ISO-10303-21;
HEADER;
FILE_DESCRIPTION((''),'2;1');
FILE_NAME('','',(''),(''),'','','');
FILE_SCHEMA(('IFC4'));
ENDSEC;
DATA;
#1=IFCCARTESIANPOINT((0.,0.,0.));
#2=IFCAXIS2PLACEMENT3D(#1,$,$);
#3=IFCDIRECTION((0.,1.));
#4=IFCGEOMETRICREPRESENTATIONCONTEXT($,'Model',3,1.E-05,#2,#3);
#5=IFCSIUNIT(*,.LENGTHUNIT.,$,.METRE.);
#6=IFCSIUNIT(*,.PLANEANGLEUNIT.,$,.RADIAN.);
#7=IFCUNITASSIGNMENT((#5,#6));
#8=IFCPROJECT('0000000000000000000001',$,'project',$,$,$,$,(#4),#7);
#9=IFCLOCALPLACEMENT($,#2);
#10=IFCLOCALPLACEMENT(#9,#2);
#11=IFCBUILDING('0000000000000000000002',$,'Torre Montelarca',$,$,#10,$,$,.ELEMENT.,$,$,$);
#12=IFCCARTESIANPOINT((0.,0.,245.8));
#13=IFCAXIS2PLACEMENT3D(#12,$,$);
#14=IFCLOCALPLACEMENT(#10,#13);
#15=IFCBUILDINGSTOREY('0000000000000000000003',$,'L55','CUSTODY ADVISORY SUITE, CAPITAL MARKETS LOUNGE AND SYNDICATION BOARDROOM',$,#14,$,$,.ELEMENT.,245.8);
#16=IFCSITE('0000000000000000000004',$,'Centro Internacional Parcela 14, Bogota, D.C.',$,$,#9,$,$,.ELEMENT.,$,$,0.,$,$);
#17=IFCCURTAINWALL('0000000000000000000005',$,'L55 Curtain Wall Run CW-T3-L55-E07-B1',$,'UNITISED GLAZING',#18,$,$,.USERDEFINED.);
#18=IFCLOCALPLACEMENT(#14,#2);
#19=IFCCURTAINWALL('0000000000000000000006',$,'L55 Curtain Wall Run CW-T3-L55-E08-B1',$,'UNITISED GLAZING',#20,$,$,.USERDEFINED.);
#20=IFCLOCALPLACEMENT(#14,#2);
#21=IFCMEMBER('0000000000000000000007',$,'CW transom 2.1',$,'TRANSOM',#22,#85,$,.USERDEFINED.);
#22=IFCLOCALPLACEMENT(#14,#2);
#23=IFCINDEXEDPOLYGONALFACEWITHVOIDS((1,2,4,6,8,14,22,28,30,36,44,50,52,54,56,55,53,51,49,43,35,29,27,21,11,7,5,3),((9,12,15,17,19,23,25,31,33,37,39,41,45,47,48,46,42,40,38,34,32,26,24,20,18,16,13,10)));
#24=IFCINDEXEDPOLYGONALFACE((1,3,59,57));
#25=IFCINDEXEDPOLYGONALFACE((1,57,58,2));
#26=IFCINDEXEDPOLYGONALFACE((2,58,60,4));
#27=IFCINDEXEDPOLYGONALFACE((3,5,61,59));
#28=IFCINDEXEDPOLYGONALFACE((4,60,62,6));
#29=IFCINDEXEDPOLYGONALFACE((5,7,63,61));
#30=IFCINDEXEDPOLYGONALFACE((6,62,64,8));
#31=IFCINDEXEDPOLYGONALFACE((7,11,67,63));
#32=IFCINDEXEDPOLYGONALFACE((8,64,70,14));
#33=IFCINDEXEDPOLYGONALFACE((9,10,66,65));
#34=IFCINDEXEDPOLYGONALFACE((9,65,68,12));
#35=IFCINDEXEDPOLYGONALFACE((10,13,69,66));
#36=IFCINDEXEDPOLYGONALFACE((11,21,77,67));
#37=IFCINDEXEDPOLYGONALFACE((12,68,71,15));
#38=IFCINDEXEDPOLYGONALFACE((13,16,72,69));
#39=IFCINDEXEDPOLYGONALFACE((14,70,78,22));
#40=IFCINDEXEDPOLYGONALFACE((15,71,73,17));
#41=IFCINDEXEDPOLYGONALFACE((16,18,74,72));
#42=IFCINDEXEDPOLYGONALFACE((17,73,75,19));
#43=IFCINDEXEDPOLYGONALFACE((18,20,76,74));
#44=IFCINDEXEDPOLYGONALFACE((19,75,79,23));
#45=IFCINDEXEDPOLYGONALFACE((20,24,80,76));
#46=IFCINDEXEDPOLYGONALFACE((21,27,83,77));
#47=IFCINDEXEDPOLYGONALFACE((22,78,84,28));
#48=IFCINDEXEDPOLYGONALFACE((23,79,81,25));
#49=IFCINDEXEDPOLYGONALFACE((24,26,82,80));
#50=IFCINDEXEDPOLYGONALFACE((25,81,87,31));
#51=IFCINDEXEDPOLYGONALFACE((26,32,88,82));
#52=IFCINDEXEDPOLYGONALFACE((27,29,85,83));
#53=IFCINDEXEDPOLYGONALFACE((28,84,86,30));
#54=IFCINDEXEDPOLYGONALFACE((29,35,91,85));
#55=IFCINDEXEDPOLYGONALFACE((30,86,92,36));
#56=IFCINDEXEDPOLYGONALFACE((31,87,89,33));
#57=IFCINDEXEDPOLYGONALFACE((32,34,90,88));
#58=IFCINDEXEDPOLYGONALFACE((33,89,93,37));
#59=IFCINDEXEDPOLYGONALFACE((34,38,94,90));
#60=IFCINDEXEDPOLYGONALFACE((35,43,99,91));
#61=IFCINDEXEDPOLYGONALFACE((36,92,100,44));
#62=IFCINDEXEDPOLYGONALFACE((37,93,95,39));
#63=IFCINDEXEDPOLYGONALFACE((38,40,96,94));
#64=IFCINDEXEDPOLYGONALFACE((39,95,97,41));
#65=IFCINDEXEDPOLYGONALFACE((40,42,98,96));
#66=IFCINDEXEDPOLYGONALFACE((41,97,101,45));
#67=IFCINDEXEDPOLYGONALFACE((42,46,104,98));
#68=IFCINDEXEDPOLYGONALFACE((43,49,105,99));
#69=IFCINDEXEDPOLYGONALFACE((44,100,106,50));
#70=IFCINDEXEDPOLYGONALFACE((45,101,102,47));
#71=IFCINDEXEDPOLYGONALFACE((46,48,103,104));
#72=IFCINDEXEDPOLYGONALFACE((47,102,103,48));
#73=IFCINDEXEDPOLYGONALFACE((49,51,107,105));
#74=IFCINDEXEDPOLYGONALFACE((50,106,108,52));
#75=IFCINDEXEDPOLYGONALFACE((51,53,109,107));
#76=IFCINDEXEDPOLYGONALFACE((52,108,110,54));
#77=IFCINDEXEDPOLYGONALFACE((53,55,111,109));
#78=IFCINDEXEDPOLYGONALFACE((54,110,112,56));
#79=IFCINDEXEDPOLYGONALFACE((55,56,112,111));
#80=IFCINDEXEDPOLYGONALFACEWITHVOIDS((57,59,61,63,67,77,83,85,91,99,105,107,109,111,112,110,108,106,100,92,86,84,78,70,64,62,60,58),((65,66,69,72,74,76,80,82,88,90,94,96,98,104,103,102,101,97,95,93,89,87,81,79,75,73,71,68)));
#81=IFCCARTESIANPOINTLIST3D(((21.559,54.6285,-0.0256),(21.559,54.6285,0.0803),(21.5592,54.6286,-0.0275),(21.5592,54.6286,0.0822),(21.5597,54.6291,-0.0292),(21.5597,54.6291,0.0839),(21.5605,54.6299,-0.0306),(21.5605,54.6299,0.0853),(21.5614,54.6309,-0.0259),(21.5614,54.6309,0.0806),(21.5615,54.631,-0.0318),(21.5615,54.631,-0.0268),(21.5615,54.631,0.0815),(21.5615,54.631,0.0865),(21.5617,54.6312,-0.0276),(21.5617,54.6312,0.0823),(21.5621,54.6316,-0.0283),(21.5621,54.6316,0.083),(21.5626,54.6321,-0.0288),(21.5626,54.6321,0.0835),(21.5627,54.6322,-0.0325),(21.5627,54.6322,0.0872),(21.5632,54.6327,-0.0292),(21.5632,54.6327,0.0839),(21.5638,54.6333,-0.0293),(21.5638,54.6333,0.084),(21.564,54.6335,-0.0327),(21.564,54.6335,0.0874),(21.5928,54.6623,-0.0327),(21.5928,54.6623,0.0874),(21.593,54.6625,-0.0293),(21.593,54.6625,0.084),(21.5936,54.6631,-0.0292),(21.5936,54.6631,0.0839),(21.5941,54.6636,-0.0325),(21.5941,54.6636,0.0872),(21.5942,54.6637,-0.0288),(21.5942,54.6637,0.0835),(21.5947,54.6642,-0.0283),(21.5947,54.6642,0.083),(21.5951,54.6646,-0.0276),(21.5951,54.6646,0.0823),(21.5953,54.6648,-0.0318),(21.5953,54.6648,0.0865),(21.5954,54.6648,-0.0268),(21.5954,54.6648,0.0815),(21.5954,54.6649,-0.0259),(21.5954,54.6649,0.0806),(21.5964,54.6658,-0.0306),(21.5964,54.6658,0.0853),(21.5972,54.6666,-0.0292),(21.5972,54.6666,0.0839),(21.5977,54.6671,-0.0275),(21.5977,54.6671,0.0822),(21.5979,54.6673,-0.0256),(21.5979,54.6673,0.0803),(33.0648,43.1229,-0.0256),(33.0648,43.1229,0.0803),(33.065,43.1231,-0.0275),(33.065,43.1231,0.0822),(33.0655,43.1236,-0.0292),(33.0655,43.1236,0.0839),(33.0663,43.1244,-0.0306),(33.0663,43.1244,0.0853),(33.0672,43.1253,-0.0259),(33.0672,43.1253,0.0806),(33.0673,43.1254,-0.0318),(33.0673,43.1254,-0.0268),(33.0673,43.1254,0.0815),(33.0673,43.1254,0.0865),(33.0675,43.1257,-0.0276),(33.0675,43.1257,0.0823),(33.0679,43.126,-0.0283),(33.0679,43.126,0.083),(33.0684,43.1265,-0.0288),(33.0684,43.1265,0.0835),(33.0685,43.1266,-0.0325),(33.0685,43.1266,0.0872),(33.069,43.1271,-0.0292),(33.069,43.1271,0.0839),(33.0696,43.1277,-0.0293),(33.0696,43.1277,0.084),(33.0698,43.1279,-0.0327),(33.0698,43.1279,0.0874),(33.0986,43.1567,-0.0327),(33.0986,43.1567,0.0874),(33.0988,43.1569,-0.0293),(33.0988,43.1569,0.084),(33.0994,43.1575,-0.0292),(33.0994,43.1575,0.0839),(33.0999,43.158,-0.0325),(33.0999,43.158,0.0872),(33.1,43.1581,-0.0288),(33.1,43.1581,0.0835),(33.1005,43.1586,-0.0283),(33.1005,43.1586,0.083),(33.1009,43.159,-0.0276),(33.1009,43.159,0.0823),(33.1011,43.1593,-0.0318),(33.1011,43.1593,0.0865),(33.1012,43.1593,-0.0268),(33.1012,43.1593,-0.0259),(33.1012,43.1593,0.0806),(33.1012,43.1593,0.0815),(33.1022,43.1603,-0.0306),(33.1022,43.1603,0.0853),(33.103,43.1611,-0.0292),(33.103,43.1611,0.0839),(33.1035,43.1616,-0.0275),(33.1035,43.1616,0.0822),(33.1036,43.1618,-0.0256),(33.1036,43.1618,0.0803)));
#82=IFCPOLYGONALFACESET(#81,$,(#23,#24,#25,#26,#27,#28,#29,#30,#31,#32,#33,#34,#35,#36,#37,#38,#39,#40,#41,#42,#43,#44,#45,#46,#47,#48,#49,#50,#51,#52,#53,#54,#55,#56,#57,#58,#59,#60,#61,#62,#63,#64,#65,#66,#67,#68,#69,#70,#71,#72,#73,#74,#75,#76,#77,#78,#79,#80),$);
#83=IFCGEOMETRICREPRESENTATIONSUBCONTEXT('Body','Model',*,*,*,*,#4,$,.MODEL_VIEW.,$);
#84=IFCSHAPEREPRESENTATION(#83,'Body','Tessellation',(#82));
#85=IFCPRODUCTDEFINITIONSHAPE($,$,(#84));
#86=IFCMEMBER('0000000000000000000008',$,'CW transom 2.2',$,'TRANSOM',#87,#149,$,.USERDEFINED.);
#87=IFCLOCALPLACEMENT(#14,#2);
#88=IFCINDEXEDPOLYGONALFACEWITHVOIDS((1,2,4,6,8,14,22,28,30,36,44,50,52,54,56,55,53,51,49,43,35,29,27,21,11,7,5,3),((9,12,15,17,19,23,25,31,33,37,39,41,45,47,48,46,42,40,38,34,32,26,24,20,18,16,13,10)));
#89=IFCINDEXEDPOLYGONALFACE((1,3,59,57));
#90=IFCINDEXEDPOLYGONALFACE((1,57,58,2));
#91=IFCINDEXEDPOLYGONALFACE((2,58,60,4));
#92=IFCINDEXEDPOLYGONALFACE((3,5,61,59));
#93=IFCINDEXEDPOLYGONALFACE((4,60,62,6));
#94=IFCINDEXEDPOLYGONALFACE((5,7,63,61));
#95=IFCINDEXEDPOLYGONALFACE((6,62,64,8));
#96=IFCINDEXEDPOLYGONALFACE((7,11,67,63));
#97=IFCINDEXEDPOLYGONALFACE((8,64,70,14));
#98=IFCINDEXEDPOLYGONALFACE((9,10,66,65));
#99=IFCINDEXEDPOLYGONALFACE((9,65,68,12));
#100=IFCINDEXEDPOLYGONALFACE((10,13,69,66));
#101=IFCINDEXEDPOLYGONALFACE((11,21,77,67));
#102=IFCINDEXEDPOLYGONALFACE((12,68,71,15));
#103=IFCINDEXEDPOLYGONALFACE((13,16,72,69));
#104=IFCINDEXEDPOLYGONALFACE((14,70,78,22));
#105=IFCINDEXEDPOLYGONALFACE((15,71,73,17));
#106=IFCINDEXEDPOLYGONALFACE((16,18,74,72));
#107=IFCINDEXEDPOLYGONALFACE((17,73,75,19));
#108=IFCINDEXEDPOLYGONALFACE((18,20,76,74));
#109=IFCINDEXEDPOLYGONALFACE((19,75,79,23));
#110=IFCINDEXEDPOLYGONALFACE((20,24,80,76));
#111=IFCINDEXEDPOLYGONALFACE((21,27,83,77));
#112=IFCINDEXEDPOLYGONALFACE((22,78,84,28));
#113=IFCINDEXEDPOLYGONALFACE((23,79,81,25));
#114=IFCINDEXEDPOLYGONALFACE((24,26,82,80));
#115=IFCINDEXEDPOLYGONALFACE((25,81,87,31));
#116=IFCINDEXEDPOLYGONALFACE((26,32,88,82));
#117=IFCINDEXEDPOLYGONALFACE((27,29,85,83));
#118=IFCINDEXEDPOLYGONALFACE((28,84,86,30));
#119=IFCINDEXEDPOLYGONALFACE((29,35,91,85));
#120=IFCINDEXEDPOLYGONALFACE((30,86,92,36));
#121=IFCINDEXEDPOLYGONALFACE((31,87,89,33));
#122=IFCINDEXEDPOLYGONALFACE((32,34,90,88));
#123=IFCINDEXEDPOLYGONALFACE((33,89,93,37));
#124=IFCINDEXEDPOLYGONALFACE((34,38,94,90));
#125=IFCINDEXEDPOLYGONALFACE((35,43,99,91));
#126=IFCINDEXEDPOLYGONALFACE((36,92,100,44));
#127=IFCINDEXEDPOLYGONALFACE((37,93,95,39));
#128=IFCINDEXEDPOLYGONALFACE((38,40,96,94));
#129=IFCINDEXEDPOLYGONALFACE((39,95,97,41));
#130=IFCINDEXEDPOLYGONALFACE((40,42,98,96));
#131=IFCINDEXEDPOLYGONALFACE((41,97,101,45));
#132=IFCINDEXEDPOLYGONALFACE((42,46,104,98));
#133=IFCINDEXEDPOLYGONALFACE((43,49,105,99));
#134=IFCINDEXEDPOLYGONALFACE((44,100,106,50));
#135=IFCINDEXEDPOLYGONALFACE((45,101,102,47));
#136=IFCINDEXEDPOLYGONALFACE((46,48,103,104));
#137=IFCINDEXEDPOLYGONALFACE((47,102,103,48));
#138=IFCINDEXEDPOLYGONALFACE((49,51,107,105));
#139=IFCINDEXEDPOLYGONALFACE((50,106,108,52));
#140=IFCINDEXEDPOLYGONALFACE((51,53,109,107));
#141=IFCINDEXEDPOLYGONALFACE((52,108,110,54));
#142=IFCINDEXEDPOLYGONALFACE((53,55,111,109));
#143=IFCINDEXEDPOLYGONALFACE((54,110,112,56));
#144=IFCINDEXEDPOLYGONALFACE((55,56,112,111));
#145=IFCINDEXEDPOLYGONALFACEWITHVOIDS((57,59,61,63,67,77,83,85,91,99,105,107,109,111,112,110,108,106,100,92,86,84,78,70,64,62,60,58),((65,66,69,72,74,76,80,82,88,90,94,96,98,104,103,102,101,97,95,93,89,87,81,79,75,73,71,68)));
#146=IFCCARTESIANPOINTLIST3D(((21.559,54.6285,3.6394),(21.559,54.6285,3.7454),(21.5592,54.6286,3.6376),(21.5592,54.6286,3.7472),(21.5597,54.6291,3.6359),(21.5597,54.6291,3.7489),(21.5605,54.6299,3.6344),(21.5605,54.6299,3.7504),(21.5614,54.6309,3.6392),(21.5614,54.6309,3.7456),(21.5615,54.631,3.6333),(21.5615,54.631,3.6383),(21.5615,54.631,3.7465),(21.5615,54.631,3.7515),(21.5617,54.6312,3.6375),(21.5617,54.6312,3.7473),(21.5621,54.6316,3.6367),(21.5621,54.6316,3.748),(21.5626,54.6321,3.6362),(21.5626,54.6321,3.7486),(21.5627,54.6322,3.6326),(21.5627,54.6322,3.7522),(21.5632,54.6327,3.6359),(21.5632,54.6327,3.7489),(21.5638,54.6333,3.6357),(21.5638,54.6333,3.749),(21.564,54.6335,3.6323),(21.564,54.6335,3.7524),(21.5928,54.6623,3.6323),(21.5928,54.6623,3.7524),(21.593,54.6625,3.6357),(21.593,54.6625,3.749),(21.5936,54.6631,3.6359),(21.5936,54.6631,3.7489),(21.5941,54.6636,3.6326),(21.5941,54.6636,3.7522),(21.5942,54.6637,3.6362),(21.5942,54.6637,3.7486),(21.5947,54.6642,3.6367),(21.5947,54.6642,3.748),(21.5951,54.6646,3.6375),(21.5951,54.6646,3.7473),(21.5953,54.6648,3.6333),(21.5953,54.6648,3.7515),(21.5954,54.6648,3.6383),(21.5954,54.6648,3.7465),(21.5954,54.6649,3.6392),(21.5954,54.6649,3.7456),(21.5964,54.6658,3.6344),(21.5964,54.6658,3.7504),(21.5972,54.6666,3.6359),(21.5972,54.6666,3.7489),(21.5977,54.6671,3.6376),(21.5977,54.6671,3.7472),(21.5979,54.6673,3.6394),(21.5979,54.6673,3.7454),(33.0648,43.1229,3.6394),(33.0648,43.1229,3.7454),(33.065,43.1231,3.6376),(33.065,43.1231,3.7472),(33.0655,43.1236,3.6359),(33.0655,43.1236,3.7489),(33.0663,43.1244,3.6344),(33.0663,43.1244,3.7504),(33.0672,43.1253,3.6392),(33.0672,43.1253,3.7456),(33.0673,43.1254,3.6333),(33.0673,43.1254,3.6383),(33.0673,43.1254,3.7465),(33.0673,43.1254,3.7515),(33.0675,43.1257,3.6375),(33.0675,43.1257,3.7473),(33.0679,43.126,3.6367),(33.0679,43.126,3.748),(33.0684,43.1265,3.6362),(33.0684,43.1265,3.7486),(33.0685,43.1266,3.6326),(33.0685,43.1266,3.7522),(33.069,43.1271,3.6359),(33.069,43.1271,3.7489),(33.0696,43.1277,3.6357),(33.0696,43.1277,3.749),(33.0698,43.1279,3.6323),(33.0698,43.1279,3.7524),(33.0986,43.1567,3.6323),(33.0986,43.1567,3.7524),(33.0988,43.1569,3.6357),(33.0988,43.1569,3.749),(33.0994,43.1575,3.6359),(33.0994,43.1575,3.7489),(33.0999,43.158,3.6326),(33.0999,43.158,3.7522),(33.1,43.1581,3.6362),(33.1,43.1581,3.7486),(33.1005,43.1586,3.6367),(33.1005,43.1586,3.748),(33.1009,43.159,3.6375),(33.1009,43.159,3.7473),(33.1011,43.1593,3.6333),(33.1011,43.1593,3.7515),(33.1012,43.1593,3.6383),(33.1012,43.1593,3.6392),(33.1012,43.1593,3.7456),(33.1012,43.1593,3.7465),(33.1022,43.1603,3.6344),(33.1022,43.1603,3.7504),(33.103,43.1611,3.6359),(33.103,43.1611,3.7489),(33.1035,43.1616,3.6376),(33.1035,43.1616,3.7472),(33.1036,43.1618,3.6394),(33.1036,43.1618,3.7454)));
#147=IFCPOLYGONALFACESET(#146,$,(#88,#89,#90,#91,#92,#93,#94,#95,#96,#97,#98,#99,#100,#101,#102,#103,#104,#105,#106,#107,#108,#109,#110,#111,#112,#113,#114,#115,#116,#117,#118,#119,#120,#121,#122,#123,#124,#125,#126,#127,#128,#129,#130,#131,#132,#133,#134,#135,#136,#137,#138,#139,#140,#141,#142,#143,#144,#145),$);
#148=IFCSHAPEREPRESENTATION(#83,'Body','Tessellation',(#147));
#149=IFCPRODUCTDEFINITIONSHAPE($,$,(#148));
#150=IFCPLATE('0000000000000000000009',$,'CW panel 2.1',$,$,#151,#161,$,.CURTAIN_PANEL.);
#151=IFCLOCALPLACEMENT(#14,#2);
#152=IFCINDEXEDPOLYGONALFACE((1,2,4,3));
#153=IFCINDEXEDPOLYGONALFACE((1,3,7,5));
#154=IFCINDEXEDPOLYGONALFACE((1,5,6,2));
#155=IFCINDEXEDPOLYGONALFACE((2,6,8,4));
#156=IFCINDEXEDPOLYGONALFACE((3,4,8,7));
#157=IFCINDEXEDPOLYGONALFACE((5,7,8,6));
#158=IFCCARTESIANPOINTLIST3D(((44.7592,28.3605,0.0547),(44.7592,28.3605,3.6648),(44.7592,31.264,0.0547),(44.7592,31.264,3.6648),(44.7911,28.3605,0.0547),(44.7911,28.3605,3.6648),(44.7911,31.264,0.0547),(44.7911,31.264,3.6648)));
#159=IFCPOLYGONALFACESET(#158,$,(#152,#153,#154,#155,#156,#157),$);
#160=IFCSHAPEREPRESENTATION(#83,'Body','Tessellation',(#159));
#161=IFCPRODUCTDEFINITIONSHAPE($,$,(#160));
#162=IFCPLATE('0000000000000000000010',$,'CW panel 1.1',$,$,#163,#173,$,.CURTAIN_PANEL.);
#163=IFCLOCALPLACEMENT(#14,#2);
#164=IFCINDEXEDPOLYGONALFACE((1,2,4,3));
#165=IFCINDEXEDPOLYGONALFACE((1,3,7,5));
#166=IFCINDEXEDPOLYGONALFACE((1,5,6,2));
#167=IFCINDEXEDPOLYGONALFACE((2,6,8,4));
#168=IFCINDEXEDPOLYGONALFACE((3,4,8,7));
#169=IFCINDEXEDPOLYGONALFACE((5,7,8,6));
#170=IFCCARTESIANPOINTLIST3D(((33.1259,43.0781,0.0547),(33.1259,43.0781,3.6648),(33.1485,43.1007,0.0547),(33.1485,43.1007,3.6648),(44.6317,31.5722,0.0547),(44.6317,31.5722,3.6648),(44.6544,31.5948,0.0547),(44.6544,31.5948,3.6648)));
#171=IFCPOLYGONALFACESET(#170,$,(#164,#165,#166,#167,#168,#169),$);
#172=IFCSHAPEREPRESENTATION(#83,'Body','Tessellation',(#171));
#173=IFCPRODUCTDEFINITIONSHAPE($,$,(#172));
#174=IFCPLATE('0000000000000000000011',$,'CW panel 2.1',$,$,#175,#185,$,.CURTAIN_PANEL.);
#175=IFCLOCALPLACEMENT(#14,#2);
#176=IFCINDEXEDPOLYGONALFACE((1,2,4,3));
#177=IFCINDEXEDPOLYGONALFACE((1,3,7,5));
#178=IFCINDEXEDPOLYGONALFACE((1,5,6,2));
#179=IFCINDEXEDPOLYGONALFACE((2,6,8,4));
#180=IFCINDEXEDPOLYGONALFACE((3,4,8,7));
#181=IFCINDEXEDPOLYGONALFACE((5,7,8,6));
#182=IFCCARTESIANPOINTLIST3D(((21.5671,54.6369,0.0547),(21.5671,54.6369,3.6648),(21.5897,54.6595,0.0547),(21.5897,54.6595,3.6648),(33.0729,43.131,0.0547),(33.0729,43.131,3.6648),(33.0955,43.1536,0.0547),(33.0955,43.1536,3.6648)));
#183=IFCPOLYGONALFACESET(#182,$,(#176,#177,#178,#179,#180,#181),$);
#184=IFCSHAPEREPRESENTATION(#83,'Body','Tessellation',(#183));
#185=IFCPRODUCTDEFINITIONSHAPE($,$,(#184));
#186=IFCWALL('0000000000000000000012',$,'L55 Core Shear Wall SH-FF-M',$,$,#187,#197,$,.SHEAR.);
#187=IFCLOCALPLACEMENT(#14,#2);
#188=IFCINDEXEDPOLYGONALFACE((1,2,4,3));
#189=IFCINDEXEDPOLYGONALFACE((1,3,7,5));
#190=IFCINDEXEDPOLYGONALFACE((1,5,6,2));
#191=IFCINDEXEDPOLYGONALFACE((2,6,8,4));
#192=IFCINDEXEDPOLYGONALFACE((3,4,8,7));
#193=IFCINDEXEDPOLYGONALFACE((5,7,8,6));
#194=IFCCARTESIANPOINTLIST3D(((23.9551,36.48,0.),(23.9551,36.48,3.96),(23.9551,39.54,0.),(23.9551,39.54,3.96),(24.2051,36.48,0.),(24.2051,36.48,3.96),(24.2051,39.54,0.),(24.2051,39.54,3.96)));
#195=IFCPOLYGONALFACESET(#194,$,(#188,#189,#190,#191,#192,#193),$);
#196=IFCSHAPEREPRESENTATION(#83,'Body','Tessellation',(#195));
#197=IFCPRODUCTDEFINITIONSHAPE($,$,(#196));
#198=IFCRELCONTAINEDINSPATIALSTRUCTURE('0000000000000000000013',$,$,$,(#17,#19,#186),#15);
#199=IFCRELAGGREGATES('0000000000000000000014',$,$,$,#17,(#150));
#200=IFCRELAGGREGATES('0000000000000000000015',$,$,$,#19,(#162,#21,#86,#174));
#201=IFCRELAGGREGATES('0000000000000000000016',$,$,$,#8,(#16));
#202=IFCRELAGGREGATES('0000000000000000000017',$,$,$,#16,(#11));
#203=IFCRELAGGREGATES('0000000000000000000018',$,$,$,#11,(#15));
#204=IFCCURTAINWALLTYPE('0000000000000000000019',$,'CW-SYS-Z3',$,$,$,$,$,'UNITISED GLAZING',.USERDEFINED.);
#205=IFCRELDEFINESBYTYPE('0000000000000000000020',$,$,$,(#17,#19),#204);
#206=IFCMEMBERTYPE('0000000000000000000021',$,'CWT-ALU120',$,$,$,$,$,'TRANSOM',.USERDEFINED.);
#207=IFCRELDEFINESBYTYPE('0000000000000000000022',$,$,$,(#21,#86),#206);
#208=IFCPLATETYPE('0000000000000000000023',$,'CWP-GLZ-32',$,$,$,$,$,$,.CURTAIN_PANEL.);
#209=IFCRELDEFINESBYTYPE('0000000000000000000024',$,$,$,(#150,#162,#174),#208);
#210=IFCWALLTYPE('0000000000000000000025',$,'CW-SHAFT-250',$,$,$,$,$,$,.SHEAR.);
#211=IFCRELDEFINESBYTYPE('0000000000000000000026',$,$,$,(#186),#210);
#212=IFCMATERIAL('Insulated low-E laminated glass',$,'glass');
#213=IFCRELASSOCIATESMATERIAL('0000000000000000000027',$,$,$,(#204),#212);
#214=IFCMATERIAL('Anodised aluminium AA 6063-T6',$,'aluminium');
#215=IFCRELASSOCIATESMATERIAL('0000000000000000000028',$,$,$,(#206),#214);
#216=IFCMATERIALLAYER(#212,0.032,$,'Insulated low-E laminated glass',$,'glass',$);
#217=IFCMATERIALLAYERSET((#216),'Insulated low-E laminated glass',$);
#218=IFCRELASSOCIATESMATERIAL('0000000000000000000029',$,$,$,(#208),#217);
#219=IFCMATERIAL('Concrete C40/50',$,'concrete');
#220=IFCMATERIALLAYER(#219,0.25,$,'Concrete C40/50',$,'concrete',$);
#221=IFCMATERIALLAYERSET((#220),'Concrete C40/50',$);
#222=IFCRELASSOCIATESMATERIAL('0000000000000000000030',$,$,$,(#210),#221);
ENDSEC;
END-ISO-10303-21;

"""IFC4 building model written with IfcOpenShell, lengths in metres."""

from ifc_helpers import new_model, si_unit, direction, frame, frame_2d, origin, origin_2d, place, context, subcontext, project, spatial, rectangle, hollow_rectangle, extrude, source, transform, mapped, material, layer, layer_set, material_profile, profile_set, type_object, element, aggregate, save


model = new_model("IFC4")

# Units and contexts
model_context = context("Model", 3, precision=1e-05, world=origin(), true_north=direction((0.0, 1.0)))
body_context = subcontext(model_context, "Body", "Model", "MODEL_VIEW")
ifc_project = project(units=[si_unit("LENGTHUNIT", "METRE"), si_unit("PLANEANGLEUNIT", "RADIAN")], contexts=[model_context])

# Site, building, storey
site_placement = place(None, origin())
site = spatial("IfcSite", under=ifc_project, at=site_placement, Name="Centro Internacional Parcela 14, Bogota, D.C.", CompositionType="ELEMENT", RefElevation=0.0)
building_placement = place(site_placement, origin())
building = spatial("IfcBuilding", under=site, at=building_placement, Name="Torre Montelarca", CompositionType="ELEMENT")
storey_placement = place(building_placement, frame((0.0, 0.0, 245.8)))
storey = spatial("IfcBuildingStorey", under=building, at=storey_placement, Name="L55", Description="CUSTODY ADVISORY SUITE, CAPITAL MARKETS LOUNGE AND SYNDICATION BOARDROOM", CompositionType="ELEMENT", Elevation=245.8)

# Curtain wall
ifc_material_1 = material(Name="Insulated low-E laminated glass", Category="glass")
curtain_wall_type = type_object("IfcCurtainWallType", Name="CW-SYS-Z3", ElementType="UNITISED GLAZING", PredefinedType="USERDEFINED", material=ifc_material_1)
curtain_wall_1_placement = place(storey_placement, origin())
curtain_wall_1 = element("IfcCurtainWall", 1, at=curtain_wall_1_placement, inside=storey, type_object=curtain_wall_type, Name="L55 Curtain Wall Run CW-T3-L55-E07-B1", ObjectType="UNITISED GLAZING", PredefinedType="USERDEFINED")
ifc_material_2 = material(Name="Anodised aluminium AA 6063-T6", Category="aluminium")

# Curtain wall, members
curtain_wall_2_placement = place(storey_placement, origin())
curtain_wall_2 = element("IfcCurtainWall", 2, at=curtain_wall_2_placement, inside=storey, type_object=curtain_wall_type, Name="L55 Curtain Wall Run CW-T3-L55-E08-B1", ObjectType="UNITISED GLAZING", PredefinedType="USERDEFINED")
ifc_material_profile_1 = material_profile(ifc_material_2, hollow_rectangle(XDim=0.0549, YDim=0.1201, WallThickness=0.0034, InnerFilletRadius=0.0034, OuterFilletRadius=0.0071, at=origin_2d()), Name="ALU55X120X3.5", Category="aluminium")
ifc_profile_set_1 = profile_set([ifc_material_profile_1], Name="Anodised aluminium AA 6063-T6")
member_type_1 = type_object("IfcMemberType", Name="CWT-ALU120", ElementType="TRANSOM", PredefinedType="USERDEFINED", material=ifc_profile_set_1)
shared_shape_1 = source(origin(), body_context, "Body", "SweptSolid", [
    extrude(hollow_rectangle(XDim=0.0549, YDim=0.1201, WallThickness=0.0034, InnerFilletRadius=0.0034, OuterFilletRadius=0.0071, at=origin_2d()), origin(), (0.0, 0.0, 1.0), 16.2715),
])
member_1_placement = place(storey_placement, frame((33.0842, 43.1423, 0.0273), z_axis=(-0.707114, 0.707099, 0.0), x_axis=(-0.707099, -0.707114, 0.0)))
member_1 = element("IfcMember", 3, at=member_1_placement, type_object=member_type_1, Name="CW transom 2.1", ObjectType="TRANSOM", PredefinedType="USERDEFINED", context=body_context, shape_type="MappedRepresentation", body=[
    mapped(shared_shape_1, transform((0.0, 0.0, 0.0), scale=1.0)),
])
member_2_placement = place(storey_placement, frame((33.0842, 43.1423, 3.6924), z_axis=(-0.707114, 0.707099, 0.0), x_axis=(-0.707099, -0.707114, 0.0)))
member_2 = element("IfcMember", 4, at=member_2_placement, type_object=member_type_1, Name="CW transom 2.2", ObjectType="TRANSOM", PredefinedType="USERDEFINED", context=body_context, shape_type="MappedRepresentation", body=[
    mapped(shared_shape_1, transform((0.0, 0.0, 0.0), scale=1.0)),
])

# Plates
ifc_layer_1 = layer(ifc_material_1, 0.032, Name="Insulated low-E laminated glass", Category="glass")
ifc_layer_set_1 = layer_set([ifc_layer_1], Name="Insulated low-E laminated glass")
plate_type = type_object("IfcPlateType", Name="CWP-GLZ-32", PredefinedType="CURTAIN_PANEL", material=ifc_layer_set_1)
shared_shape_2 = source(origin(), body_context, "Body", "SweptSolid", [
    extrude(rectangle(XDim=2.9036, YDim=0.032, at=origin_2d()), origin(), (0.0, 0.0, 1.0), 3.6101),
])
plate_1_placement = place(storey_placement, frame((44.7751, 29.8123, 0.0547), z_axis=(0.0, 0.0, 1.0), x_axis=(0.0, 1.0, 0.0)))
plate_1 = element("IfcPlate", 5, at=plate_1_placement, type_object=plate_type, Name="CW panel 2.1", PredefinedType="CURTAIN_PANEL", context=body_context, shape_type="MappedRepresentation", body=[
    mapped(shared_shape_2, transform((0.0, 0.0, 0.0), scale=1.0)),
])
aggregate(curtain_wall_1, [plate_1])
shared_shape_3 = source(origin(), body_context, "Body", "SweptSolid", [
    extrude(rectangle(XDim=16.2717, YDim=0.032, at=origin_2d()), origin(), (0.0, 0.0, 1.0), 3.6101),
])
plate_2_placement = place(storey_placement, frame((38.8901, 37.3364, 0.0547), z_axis=(0.0, 0.0, 1.0), x_axis=(-0.707105, 0.707108, 0.0)))
plate_2 = element("IfcPlate", 6, at=plate_2_placement, type_object=plate_type, Name="CW panel 1.1", PredefinedType="CURTAIN_PANEL", context=body_context, shape_type="MappedRepresentation", body=[
    mapped(shared_shape_3, transform((0.0, 0.0, 0.0), scale=1.0)),
])
plate_3_placement = place(storey_placement, frame((27.3313, 48.8953, 0.0547), z_axis=(0.0, 0.0, 1.0), x_axis=(-0.707105, 0.707108, 0.0)))
plate_3 = element("IfcPlate", 7, at=plate_3_placement, type_object=plate_type, Name="CW panel 2.1", PredefinedType="CURTAIN_PANEL", context=body_context, shape_type="MappedRepresentation", body=[
    mapped(shared_shape_3, transform((0.0, 0.0, 0.0), scale=1.0)),
])
aggregate(curtain_wall_2, [plate_2, member_1, member_2, plate_3])

# Wall
ifc_material_3 = material(Name="Concrete C40/50", Category="concrete")
ifc_layer_2 = layer(ifc_material_3, 0.25, Name="Concrete C40/50", Category="concrete")
ifc_layer_set_2 = layer_set([ifc_layer_2], Name="Concrete C40/50")
wall_type_1 = type_object("IfcWallType", Name="CW-SHAFT-250", PredefinedType="SHEAR", material=ifc_layer_set_2)
wall_1_placement = place(storey_placement, frame((24.0801, 36.48, 0.0), z_axis=(0.0, 0.0, 1.0), x_axis=(0.0, 1.0, 0.0)))
element("IfcWall", 8, at=wall_1_placement, inside=storey, type_object=wall_type_1, Name="L55 Core Shear Wall SH-FF-M", PredefinedType="SHEAR", context=body_context, shape_type="SweptSolid", body=[
    extrude(rectangle(XDim=3.0601, YDim=0.25, at=frame_2d((1.53, 0.0))), origin(), (0.0, 0.0, 1.0), 3.96),
])

save(model, "model.ifc")
